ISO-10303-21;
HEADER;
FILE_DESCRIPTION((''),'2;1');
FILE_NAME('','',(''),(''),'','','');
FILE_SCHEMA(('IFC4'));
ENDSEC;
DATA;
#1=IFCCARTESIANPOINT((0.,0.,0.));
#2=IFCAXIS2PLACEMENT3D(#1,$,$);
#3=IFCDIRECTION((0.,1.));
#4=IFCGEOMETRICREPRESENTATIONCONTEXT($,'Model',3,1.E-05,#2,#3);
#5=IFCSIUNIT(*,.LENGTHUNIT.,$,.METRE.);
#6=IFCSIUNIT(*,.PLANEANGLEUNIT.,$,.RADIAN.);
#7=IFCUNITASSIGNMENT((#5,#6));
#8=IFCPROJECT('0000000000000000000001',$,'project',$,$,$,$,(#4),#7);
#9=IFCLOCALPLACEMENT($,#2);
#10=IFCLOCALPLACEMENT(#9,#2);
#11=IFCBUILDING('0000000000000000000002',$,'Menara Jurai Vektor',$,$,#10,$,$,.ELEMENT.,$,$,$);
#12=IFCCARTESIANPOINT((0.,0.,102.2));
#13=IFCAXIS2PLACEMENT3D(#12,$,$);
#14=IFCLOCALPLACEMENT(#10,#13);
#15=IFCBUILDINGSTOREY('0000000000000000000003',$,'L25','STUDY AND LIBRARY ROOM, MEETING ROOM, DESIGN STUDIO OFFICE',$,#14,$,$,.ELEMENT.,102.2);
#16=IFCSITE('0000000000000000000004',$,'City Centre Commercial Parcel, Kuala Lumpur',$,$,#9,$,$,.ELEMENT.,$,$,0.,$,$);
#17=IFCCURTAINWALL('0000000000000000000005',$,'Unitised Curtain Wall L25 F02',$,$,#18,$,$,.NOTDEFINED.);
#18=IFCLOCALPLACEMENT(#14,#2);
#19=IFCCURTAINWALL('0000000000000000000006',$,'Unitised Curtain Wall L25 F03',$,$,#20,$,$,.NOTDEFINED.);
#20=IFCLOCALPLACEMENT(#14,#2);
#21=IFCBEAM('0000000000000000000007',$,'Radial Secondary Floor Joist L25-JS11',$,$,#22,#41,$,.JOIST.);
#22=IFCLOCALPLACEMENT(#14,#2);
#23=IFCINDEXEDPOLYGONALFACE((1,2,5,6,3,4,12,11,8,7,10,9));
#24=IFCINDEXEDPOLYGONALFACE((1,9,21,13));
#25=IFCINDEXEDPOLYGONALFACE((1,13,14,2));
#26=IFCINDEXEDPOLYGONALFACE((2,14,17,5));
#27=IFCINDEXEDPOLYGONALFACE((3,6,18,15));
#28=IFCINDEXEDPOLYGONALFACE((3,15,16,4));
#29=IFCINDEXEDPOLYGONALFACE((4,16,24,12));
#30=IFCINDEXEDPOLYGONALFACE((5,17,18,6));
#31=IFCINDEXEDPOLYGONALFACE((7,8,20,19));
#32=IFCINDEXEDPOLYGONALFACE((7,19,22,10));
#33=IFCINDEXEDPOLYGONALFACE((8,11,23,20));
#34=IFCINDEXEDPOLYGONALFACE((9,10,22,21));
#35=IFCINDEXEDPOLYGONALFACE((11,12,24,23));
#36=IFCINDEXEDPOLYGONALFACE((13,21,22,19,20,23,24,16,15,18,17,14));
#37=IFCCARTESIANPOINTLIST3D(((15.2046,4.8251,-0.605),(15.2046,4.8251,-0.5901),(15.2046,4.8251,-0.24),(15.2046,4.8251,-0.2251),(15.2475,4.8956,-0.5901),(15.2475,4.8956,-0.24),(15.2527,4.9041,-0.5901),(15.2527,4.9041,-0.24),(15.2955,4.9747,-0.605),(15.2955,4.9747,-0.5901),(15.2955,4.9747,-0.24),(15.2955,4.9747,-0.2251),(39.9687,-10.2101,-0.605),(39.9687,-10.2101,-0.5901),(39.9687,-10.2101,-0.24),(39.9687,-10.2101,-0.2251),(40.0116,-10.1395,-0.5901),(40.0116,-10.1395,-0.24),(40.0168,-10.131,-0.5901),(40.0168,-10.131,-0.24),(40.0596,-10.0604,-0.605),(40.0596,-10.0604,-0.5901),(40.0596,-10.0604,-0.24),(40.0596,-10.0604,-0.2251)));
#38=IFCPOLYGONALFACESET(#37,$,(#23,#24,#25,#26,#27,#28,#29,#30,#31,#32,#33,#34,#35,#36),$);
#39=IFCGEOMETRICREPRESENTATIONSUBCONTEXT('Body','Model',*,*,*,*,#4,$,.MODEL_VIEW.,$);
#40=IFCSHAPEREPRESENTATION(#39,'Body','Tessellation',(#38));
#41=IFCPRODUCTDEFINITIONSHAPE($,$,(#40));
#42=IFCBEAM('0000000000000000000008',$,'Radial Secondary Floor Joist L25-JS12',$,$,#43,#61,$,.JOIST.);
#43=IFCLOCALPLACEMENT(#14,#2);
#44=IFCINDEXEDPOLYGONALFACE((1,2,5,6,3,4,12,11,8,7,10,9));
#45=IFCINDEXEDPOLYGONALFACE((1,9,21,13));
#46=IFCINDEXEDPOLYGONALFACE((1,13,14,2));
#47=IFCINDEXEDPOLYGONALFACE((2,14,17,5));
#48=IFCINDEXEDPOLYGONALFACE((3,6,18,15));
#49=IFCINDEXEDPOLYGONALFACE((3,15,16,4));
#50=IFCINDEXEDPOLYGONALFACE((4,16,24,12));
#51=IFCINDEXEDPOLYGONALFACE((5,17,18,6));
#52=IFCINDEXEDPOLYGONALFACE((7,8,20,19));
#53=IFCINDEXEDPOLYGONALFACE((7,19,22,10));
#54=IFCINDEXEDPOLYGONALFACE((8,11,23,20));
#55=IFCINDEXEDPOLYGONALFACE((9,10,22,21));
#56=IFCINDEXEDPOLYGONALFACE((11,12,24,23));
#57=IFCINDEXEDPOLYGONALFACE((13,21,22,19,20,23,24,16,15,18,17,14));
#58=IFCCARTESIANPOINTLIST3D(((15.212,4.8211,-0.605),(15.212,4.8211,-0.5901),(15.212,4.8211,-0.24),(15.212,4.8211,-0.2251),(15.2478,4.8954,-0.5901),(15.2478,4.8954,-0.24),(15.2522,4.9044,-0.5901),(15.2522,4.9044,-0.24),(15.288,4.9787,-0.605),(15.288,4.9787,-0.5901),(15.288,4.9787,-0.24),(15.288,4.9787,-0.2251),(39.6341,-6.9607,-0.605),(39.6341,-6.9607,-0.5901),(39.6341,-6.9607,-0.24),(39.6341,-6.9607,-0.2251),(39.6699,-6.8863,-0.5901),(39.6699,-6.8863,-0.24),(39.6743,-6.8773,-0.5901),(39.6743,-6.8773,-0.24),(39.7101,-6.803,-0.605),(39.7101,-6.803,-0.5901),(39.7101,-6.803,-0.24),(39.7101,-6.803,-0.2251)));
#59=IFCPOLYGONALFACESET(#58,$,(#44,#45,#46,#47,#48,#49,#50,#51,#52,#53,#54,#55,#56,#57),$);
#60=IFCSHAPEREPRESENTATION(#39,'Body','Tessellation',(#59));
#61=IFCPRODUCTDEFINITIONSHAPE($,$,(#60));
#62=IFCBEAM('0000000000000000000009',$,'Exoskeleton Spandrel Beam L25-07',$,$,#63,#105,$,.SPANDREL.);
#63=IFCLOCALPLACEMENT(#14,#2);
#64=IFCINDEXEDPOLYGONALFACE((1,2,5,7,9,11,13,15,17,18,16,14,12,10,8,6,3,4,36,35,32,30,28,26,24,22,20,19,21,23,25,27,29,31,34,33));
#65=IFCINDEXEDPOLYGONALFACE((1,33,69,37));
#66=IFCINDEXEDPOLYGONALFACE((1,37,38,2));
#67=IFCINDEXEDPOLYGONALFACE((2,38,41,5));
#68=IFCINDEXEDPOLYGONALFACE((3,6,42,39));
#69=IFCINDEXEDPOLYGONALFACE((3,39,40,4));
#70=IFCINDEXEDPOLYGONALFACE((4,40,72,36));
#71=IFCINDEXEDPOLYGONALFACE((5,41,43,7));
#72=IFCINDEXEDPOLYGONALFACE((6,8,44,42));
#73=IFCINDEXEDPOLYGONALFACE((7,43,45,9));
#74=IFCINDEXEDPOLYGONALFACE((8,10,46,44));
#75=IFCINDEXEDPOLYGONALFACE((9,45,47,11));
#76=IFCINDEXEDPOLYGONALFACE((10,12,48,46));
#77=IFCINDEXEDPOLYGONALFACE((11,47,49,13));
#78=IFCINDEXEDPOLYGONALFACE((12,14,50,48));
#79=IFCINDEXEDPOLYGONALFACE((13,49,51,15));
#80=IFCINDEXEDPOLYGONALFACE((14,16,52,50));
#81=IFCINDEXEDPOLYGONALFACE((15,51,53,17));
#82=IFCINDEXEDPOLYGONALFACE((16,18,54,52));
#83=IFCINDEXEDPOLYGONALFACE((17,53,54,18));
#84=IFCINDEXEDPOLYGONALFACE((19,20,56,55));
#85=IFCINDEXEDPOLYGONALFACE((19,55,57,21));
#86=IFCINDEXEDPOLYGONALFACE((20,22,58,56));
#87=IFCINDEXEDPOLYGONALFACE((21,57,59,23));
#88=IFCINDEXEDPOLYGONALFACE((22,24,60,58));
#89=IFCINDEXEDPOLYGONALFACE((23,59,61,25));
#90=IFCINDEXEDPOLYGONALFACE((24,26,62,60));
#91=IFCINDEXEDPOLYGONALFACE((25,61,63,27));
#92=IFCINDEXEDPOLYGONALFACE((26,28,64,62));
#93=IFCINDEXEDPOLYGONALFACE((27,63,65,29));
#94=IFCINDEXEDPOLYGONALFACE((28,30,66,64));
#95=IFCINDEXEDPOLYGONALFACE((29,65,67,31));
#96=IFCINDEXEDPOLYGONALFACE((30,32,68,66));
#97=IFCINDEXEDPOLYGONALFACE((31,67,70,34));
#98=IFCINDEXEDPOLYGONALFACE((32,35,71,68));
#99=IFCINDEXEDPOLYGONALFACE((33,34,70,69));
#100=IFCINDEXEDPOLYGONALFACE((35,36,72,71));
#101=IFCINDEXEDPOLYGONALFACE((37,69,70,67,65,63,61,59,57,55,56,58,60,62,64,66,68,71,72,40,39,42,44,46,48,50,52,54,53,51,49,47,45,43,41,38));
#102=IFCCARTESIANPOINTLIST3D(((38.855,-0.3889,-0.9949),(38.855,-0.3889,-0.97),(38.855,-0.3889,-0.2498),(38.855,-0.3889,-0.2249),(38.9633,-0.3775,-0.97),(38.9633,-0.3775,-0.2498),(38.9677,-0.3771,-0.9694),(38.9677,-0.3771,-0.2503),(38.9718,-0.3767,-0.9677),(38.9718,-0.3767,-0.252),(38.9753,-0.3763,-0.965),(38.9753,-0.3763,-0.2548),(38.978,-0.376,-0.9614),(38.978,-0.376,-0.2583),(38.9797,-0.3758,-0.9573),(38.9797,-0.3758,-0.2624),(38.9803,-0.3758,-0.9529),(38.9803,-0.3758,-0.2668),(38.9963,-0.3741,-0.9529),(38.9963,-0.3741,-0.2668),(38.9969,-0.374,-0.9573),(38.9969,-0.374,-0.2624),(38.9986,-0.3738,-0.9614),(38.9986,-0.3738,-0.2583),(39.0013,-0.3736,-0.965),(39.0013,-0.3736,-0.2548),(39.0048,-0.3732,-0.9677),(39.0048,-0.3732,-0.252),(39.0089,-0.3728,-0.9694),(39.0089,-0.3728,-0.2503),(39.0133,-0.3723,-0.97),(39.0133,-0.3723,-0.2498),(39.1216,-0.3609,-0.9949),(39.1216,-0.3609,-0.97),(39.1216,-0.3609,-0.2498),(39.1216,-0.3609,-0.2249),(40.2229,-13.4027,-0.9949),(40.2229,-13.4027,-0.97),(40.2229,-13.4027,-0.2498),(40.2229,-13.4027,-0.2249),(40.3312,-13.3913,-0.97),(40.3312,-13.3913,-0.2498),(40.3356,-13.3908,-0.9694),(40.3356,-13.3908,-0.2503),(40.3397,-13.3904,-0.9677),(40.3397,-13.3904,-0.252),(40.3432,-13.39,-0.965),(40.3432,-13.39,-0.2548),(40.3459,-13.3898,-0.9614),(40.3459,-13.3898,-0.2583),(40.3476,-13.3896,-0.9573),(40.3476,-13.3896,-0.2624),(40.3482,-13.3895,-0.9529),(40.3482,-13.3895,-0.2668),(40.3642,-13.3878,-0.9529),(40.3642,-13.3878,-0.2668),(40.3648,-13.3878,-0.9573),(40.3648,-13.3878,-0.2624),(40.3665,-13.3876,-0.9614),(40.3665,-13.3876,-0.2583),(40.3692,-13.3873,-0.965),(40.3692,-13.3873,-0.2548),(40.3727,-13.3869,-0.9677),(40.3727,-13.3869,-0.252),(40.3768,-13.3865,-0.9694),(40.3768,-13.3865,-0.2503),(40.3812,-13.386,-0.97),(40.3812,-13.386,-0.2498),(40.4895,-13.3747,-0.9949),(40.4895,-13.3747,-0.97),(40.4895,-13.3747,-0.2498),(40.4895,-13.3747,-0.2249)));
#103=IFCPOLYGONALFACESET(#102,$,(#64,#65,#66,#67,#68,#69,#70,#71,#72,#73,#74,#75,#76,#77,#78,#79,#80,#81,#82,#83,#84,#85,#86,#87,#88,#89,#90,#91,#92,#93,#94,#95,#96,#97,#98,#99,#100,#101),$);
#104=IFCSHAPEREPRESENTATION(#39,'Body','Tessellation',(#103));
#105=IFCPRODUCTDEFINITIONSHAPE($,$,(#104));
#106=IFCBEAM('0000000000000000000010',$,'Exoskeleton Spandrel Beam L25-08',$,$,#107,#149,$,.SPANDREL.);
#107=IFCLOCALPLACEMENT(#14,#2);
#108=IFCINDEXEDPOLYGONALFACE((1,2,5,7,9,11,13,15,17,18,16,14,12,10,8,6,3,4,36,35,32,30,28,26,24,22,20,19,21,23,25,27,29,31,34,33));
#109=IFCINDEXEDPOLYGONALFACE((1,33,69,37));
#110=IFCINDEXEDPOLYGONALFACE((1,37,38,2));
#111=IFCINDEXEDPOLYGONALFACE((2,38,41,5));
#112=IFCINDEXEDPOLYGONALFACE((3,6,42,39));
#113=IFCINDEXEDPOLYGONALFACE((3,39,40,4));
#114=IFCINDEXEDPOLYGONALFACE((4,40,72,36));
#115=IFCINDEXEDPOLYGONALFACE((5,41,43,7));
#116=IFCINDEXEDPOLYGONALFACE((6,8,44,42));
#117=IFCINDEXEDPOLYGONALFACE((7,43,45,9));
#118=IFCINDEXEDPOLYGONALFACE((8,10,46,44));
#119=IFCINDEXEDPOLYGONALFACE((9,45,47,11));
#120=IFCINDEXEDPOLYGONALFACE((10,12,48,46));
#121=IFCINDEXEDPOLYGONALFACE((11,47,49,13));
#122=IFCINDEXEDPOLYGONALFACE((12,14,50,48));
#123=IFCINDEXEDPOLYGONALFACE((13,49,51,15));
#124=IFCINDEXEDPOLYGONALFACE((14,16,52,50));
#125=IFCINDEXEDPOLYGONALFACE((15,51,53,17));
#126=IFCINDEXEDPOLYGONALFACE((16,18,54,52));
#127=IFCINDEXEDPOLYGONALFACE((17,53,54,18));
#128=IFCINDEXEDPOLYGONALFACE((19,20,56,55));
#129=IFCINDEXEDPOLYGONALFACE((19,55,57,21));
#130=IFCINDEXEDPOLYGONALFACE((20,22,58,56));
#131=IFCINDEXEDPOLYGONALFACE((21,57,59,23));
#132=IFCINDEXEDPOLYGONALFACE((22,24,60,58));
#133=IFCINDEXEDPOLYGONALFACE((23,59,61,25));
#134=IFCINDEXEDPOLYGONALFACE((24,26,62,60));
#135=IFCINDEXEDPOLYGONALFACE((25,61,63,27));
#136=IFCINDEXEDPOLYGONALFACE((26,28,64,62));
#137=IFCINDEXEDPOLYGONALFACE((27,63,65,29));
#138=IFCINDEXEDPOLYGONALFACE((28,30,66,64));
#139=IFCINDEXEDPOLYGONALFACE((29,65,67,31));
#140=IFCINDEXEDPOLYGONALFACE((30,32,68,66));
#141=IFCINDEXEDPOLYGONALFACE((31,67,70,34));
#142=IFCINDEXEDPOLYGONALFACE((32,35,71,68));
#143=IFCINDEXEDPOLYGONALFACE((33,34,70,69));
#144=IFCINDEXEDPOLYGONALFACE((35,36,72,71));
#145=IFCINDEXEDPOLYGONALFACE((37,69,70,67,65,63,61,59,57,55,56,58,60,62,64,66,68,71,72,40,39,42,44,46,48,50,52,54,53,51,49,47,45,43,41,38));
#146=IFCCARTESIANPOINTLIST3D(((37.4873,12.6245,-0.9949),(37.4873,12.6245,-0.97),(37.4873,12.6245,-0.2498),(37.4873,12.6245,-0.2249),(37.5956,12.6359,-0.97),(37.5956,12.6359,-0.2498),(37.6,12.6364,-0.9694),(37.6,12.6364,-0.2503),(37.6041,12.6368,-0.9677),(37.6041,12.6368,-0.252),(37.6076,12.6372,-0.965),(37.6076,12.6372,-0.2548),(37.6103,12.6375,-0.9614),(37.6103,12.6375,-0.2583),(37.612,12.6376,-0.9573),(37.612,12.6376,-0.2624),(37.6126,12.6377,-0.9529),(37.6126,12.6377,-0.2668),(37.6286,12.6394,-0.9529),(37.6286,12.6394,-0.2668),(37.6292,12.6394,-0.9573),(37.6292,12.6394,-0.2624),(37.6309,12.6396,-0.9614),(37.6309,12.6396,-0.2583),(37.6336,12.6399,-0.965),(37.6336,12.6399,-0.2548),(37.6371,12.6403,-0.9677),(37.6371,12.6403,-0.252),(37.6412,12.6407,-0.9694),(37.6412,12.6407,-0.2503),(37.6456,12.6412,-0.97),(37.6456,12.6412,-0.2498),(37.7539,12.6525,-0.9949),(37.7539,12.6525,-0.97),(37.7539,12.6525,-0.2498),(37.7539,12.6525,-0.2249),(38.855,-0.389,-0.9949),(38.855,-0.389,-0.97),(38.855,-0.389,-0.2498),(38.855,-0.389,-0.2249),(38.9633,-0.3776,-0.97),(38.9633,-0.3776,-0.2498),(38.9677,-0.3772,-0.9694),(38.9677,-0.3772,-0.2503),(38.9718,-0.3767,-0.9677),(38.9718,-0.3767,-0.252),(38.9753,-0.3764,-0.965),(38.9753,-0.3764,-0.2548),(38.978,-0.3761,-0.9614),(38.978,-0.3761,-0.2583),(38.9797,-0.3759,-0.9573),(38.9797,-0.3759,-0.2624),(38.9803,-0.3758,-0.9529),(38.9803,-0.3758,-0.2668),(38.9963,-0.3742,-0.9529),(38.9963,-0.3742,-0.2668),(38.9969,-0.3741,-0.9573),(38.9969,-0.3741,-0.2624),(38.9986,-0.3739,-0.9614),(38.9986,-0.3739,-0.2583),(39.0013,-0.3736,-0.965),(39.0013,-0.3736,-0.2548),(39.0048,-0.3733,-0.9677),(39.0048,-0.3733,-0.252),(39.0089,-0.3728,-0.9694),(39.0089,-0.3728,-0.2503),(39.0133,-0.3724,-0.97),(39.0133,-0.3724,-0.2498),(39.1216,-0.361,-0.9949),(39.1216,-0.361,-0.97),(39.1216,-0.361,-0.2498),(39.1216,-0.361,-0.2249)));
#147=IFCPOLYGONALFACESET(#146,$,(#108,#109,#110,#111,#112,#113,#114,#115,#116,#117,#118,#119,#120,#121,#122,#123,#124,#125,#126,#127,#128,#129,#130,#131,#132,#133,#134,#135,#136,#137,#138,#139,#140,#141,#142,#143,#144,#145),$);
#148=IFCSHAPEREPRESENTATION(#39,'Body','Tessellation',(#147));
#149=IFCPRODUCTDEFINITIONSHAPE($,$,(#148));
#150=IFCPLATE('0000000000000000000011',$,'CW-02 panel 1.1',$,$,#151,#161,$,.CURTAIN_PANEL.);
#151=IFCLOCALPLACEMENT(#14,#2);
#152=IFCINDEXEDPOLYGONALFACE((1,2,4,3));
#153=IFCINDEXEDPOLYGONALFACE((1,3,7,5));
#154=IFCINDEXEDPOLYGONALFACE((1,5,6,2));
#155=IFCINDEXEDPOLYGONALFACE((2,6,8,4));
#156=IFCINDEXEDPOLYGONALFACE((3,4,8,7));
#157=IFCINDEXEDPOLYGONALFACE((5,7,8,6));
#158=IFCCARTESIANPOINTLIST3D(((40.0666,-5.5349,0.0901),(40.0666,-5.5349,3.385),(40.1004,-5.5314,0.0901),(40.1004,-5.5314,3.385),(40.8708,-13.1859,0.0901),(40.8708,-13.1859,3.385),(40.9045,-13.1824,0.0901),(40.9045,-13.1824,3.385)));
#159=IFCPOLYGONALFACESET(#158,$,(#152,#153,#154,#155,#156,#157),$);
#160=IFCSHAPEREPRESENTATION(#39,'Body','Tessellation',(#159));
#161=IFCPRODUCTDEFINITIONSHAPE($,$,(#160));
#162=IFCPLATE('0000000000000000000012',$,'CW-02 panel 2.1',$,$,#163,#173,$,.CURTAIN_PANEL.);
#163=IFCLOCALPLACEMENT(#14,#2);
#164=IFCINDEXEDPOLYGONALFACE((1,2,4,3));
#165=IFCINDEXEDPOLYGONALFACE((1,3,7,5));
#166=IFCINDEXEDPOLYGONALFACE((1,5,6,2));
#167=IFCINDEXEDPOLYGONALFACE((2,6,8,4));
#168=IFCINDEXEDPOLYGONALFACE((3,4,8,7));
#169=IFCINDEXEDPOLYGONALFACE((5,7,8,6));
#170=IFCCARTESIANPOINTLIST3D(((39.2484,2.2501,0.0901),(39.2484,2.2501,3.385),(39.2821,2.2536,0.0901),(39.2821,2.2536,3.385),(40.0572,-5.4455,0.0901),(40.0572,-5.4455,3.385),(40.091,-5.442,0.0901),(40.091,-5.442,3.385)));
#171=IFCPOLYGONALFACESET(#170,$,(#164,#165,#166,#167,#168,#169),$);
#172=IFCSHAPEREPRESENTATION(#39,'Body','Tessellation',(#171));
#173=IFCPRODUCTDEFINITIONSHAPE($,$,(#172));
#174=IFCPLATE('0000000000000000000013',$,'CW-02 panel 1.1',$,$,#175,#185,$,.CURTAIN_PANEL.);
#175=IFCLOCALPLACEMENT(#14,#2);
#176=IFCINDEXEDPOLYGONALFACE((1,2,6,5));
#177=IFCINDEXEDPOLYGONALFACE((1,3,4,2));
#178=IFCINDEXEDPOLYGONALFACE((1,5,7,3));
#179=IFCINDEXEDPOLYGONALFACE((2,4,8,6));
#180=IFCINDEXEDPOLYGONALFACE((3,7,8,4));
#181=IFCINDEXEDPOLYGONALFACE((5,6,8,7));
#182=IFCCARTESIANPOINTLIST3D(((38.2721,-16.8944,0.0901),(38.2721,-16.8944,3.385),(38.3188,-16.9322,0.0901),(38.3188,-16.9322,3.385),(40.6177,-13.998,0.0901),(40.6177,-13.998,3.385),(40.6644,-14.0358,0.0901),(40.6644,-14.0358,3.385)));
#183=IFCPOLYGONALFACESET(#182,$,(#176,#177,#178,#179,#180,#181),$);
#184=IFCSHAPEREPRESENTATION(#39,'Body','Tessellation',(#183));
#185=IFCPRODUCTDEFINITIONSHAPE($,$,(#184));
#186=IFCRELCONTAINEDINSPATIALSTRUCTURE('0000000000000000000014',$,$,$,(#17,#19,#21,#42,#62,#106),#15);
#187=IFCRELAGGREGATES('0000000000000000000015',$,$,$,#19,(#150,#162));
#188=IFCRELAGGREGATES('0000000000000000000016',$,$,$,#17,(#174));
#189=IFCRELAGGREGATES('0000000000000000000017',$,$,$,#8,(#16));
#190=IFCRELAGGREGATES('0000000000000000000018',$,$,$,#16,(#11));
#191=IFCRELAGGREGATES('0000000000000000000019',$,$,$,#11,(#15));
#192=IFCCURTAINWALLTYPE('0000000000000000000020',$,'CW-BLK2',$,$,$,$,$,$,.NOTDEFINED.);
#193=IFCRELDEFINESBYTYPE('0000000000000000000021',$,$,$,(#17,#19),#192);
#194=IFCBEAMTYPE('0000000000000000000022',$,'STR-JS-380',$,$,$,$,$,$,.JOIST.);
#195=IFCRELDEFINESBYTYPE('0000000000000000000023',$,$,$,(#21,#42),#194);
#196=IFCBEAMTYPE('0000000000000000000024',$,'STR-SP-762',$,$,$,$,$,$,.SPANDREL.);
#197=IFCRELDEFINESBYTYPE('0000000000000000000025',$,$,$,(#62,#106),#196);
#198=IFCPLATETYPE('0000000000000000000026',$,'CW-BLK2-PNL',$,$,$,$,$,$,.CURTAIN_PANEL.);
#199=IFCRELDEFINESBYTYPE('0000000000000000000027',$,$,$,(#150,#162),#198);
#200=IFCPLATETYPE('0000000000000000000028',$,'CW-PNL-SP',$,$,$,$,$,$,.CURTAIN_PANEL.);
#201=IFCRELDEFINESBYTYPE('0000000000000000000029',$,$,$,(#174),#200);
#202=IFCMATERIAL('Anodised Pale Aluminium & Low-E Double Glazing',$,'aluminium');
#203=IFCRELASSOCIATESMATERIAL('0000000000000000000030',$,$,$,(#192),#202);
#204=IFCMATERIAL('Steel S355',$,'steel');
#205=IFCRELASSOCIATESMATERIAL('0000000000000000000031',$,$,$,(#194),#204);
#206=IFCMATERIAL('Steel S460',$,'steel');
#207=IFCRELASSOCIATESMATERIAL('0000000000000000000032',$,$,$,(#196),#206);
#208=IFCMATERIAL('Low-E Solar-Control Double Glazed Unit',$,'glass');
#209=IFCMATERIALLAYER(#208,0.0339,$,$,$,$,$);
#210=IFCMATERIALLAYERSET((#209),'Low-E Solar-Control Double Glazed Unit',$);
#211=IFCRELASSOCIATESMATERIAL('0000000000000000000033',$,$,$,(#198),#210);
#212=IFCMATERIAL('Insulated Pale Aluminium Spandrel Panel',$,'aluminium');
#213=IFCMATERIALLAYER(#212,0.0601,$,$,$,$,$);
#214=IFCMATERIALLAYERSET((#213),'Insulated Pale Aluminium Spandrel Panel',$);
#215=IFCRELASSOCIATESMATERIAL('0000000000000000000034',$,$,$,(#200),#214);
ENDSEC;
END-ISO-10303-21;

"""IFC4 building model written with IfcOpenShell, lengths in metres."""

from ifc_helpers import new_model, si_unit, direction, frame, origin, origin_2d, place, context, subcontext, project, spatial, rectangle, i_section, extrude, material, layer, layer_set, material_profile, profile_set, type_object, element, aggregate, save


model = new_model("IFC4")

# Units and contexts
model_context = context("Model", 3, precision=1e-05, world=origin(), true_north=direction((0.0, 1.0)))
body_context = subcontext(model_context, "Body", "Model", "MODEL_VIEW")
ifc_project = project(units=[si_unit("LENGTHUNIT", "METRE"), si_unit("PLANEANGLEUNIT", "RADIAN")], contexts=[model_context])

# Site, building, storey
site_placement = place(None, origin())
site = spatial("IfcSite", under=ifc_project, at=site_placement, Name="City Centre Commercial Parcel, Kuala Lumpur", CompositionType="ELEMENT", RefElevation=0.0)
building_placement = place(site_placement, origin())
building = spatial("IfcBuilding", under=site, at=building_placement, Name="Menara Jurai Vektor", CompositionType="ELEMENT")
storey_placement = place(building_placement, frame((0.0, 0.0, 102.2)))
storey = spatial("IfcBuildingStorey", under=building, at=storey_placement, Name="L25", Description="STUDY AND LIBRARY ROOM, MEETING ROOM, DESIGN STUDIO OFFICE", CompositionType="ELEMENT", Elevation=102.2)

# Shared definitions
ifc_material_1 = material(Name="Steel S460", Category="steel")

# Curtain walls
ifc_material_2 = material(Name="Anodised Pale Aluminium & Low-E Double Glazing", Category="aluminium")
curtain_wall_type = type_object("IfcCurtainWallType", Name="CW-BLK2", PredefinedType="NOTDEFINED", material=ifc_material_2)
curtain_wall_1_placement = place(storey_placement, origin())
curtain_wall_1 = element("IfcCurtainWall", 1, at=curtain_wall_1_placement, inside=storey, type_object=curtain_wall_type, Name="Unitised Curtain Wall L25 F02", PredefinedType="NOTDEFINED")
curtain_wall_2_placement = place(storey_placement, origin())
curtain_wall_2 = element("IfcCurtainWall", 2, at=curtain_wall_2_placement, inside=storey, type_object=curtain_wall_type, Name="Unitised Curtain Wall L25 F03", PredefinedType="NOTDEFINED")

# Shared definitions
ifc_material_3 = material(Name="Steel S355", Category="steel")

# Beams
ifc_material_profile_1 = material_profile(ifc_material_3, i_section(OverallWidth=0.175, OverallDepth=0.3799, WebThickness=0.01, FlangeThickness=0.0149, at=origin_2d()), Name="PG 380x175x58")
ifc_profile_set_1 = profile_set([ifc_material_profile_1], Name="Steel S355")
beam_type_1 = type_object("IfcBeamType", Name="STR-JS-380", PredefinedType="JOIST", material=ifc_profile_set_1)
beam_1_placement = place(storey_placement, frame((40.0142, -10.1353, -0.415), z_axis=(-0.854791, 0.518972, 0.0), x_axis=(-0.518972, -0.854791, 0.0)))
element("IfcBeam", 3, at=beam_1_placement, inside=storey, type_object=beam_type_1, Name="Radial Secondary Floor Joist L25-JS11", PredefinedType="JOIST", context=body_context, shape_type="SweptSolid", body=[
    extrude(i_section(OverallWidth=0.175, OverallDepth=0.3799, WebThickness=0.01, FlangeThickness=0.0149, at=origin_2d()), origin(), (0.0, 0.0, 1.0), 28.9709),
])
beam_2_placement = place(storey_placement, frame((39.6721, -6.8818, -0.415), z_axis=(-0.900671, 0.434502, 0.0), x_axis=(-0.434502, -0.900671, 0.0)))
element("IfcBeam", 4, at=beam_2_placement, inside=storey, type_object=beam_type_1, Name="Radial Secondary Floor Joist L25-JS12", PredefinedType="JOIST", context=body_context, shape_type="SweptSolid", body=[
    extrude(i_section(OverallWidth=0.175, OverallDepth=0.3799, WebThickness=0.01, FlangeThickness=0.0149, at=origin_2d()), origin(), (0.0, 0.0, 1.0), 27.1155),
])
ifc_material_profile_2 = material_profile(ifc_material_1, i_section(OverallWidth=0.2681, OverallDepth=0.77, WebThickness=0.0161, FlangeThickness=0.0249, FilletRadius=0.0171, at=origin_2d()), Name="UKB 762x267x197")
ifc_profile_set_2 = profile_set([ifc_material_profile_2], Name="Steel S460")
beam_type_2 = type_object("IfcBeamType", Name="STR-SP-762", PredefinedType="SPANDREL", material=ifc_profile_set_2)
beam_3_placement = place(storey_placement, frame((40.3562, -13.3887, -0.6099), z_axis=(-0.104538, 0.994521, 0.0), x_axis=(-0.994521, -0.104538, 0.0)))
element("IfcBeam", 5, at=beam_3_placement, inside=storey, type_object=beam_type_2, Name="Exoskeleton Spandrel Beam L25-07", PredefinedType="SPANDREL", context=body_context, shape_type="SweptSolid", body=[
    extrude(i_section(OverallWidth=0.2681, OverallDepth=0.77, WebThickness=0.0161, FlangeThickness=0.0249, FilletRadius=0.0171, at=origin_2d()), origin(), (0.0, 0.0, 1.0), 13.0854),
])
beam_4_placement = place(storey_placement, frame((38.9883, -0.375, -0.6099), z_axis=(-0.104522, 0.994523, 0.0), x_axis=(-0.994523, -0.104522, 0.0)))
element("IfcBeam", 6, at=beam_4_placement, inside=storey, type_object=beam_type_2, Name="Exoskeleton Spandrel Beam L25-08", PredefinedType="SPANDREL", context=body_context, shape_type="SweptSolid", body=[
    extrude(i_section(OverallWidth=0.2681, OverallDepth=0.77, WebThickness=0.0161, FlangeThickness=0.0249, FilletRadius=0.0171, at=origin_2d()), origin(), (0.0, 0.0, 1.0), 13.0852),
])

# Plates
ifc_material_4 = material(Name="Low-E Solar-Control Double Glazed Unit", Category="glass")
ifc_layer_1 = layer(ifc_material_4, 0.0339)
ifc_layer_set_1 = layer_set([ifc_layer_1], Name="Low-E Solar-Control Double Glazed Unit")
plate_type_1 = type_object("IfcPlateType", Name="CW-BLK2-PNL", PredefinedType="CURTAIN_PANEL", material=ifc_layer_set_1)
plate_1_placement = place(storey_placement, frame((40.4856, -9.3586, 0.0901), z_axis=(0.0, 0.0, 1.0), x_axis=(-0.10453, 0.994522, 0.0)))
plate_1 = element("IfcPlate", 7, at=plate_1_placement, type_object=plate_type_1, Name="CW-02 panel 1.1", PredefinedType="CURTAIN_PANEL", context=body_context, shape_type="SweptSolid", body=[
    extrude(rectangle(XDim=7.6931, YDim=0.0339, at=origin_2d()), origin(), (0.0, 0.0, 1.0), 3.2949),
])
plate_2_placement = place(storey_placement, frame((39.6697, -1.5959, 0.0901), z_axis=(0.0, 0.0, 1.0), x_axis=(-0.10453, 0.994522, 0.0)))
plate_2 = element("IfcPlate", 8, at=plate_2_placement, type_object=plate_type_1, Name="CW-02 panel 2.1", PredefinedType="CURTAIN_PANEL", context=body_context, shape_type="SweptSolid", body=[
    extrude(rectangle(XDim=7.738, YDim=0.0339, at=origin_2d()), origin(), (0.0, 0.0, 1.0), 3.2949),
])
aggregate(curtain_wall_2, [plate_1, plate_2])
ifc_material_5 = material(Name="Insulated Pale Aluminium Spandrel Panel", Category="aluminium")
ifc_layer_2 = layer(ifc_material_5, 0.0601)
ifc_layer_set_2 = layer_set([ifc_layer_2], Name="Insulated Pale Aluminium Spandrel Panel")
plate_type_2 = type_object("IfcPlateType", Name="CW-PNL-SP", PredefinedType="CURTAIN_PANEL", material=ifc_layer_set_2)
plate_3_placement = place(storey_placement, frame((39.4683, -15.4651, 0.0901), z_axis=(0.0, 0.0, 1.0), x_axis=(0.629341, 0.777129, 0.0)))
plate_3 = element("IfcPlate", 9, at=plate_3_placement, type_object=plate_type_2, Name="CW-02 panel 1.1", PredefinedType="CURTAIN_PANEL", context=body_context, shape_type="SweptSolid", body=[
    extrude(rectangle(XDim=3.7271, YDim=0.0601, at=origin_2d()), origin(), (0.0, 0.0, 1.0), 3.2949),
])
aggregate(curtain_wall_1, [plate_3])

save(model, "model.ifc")
